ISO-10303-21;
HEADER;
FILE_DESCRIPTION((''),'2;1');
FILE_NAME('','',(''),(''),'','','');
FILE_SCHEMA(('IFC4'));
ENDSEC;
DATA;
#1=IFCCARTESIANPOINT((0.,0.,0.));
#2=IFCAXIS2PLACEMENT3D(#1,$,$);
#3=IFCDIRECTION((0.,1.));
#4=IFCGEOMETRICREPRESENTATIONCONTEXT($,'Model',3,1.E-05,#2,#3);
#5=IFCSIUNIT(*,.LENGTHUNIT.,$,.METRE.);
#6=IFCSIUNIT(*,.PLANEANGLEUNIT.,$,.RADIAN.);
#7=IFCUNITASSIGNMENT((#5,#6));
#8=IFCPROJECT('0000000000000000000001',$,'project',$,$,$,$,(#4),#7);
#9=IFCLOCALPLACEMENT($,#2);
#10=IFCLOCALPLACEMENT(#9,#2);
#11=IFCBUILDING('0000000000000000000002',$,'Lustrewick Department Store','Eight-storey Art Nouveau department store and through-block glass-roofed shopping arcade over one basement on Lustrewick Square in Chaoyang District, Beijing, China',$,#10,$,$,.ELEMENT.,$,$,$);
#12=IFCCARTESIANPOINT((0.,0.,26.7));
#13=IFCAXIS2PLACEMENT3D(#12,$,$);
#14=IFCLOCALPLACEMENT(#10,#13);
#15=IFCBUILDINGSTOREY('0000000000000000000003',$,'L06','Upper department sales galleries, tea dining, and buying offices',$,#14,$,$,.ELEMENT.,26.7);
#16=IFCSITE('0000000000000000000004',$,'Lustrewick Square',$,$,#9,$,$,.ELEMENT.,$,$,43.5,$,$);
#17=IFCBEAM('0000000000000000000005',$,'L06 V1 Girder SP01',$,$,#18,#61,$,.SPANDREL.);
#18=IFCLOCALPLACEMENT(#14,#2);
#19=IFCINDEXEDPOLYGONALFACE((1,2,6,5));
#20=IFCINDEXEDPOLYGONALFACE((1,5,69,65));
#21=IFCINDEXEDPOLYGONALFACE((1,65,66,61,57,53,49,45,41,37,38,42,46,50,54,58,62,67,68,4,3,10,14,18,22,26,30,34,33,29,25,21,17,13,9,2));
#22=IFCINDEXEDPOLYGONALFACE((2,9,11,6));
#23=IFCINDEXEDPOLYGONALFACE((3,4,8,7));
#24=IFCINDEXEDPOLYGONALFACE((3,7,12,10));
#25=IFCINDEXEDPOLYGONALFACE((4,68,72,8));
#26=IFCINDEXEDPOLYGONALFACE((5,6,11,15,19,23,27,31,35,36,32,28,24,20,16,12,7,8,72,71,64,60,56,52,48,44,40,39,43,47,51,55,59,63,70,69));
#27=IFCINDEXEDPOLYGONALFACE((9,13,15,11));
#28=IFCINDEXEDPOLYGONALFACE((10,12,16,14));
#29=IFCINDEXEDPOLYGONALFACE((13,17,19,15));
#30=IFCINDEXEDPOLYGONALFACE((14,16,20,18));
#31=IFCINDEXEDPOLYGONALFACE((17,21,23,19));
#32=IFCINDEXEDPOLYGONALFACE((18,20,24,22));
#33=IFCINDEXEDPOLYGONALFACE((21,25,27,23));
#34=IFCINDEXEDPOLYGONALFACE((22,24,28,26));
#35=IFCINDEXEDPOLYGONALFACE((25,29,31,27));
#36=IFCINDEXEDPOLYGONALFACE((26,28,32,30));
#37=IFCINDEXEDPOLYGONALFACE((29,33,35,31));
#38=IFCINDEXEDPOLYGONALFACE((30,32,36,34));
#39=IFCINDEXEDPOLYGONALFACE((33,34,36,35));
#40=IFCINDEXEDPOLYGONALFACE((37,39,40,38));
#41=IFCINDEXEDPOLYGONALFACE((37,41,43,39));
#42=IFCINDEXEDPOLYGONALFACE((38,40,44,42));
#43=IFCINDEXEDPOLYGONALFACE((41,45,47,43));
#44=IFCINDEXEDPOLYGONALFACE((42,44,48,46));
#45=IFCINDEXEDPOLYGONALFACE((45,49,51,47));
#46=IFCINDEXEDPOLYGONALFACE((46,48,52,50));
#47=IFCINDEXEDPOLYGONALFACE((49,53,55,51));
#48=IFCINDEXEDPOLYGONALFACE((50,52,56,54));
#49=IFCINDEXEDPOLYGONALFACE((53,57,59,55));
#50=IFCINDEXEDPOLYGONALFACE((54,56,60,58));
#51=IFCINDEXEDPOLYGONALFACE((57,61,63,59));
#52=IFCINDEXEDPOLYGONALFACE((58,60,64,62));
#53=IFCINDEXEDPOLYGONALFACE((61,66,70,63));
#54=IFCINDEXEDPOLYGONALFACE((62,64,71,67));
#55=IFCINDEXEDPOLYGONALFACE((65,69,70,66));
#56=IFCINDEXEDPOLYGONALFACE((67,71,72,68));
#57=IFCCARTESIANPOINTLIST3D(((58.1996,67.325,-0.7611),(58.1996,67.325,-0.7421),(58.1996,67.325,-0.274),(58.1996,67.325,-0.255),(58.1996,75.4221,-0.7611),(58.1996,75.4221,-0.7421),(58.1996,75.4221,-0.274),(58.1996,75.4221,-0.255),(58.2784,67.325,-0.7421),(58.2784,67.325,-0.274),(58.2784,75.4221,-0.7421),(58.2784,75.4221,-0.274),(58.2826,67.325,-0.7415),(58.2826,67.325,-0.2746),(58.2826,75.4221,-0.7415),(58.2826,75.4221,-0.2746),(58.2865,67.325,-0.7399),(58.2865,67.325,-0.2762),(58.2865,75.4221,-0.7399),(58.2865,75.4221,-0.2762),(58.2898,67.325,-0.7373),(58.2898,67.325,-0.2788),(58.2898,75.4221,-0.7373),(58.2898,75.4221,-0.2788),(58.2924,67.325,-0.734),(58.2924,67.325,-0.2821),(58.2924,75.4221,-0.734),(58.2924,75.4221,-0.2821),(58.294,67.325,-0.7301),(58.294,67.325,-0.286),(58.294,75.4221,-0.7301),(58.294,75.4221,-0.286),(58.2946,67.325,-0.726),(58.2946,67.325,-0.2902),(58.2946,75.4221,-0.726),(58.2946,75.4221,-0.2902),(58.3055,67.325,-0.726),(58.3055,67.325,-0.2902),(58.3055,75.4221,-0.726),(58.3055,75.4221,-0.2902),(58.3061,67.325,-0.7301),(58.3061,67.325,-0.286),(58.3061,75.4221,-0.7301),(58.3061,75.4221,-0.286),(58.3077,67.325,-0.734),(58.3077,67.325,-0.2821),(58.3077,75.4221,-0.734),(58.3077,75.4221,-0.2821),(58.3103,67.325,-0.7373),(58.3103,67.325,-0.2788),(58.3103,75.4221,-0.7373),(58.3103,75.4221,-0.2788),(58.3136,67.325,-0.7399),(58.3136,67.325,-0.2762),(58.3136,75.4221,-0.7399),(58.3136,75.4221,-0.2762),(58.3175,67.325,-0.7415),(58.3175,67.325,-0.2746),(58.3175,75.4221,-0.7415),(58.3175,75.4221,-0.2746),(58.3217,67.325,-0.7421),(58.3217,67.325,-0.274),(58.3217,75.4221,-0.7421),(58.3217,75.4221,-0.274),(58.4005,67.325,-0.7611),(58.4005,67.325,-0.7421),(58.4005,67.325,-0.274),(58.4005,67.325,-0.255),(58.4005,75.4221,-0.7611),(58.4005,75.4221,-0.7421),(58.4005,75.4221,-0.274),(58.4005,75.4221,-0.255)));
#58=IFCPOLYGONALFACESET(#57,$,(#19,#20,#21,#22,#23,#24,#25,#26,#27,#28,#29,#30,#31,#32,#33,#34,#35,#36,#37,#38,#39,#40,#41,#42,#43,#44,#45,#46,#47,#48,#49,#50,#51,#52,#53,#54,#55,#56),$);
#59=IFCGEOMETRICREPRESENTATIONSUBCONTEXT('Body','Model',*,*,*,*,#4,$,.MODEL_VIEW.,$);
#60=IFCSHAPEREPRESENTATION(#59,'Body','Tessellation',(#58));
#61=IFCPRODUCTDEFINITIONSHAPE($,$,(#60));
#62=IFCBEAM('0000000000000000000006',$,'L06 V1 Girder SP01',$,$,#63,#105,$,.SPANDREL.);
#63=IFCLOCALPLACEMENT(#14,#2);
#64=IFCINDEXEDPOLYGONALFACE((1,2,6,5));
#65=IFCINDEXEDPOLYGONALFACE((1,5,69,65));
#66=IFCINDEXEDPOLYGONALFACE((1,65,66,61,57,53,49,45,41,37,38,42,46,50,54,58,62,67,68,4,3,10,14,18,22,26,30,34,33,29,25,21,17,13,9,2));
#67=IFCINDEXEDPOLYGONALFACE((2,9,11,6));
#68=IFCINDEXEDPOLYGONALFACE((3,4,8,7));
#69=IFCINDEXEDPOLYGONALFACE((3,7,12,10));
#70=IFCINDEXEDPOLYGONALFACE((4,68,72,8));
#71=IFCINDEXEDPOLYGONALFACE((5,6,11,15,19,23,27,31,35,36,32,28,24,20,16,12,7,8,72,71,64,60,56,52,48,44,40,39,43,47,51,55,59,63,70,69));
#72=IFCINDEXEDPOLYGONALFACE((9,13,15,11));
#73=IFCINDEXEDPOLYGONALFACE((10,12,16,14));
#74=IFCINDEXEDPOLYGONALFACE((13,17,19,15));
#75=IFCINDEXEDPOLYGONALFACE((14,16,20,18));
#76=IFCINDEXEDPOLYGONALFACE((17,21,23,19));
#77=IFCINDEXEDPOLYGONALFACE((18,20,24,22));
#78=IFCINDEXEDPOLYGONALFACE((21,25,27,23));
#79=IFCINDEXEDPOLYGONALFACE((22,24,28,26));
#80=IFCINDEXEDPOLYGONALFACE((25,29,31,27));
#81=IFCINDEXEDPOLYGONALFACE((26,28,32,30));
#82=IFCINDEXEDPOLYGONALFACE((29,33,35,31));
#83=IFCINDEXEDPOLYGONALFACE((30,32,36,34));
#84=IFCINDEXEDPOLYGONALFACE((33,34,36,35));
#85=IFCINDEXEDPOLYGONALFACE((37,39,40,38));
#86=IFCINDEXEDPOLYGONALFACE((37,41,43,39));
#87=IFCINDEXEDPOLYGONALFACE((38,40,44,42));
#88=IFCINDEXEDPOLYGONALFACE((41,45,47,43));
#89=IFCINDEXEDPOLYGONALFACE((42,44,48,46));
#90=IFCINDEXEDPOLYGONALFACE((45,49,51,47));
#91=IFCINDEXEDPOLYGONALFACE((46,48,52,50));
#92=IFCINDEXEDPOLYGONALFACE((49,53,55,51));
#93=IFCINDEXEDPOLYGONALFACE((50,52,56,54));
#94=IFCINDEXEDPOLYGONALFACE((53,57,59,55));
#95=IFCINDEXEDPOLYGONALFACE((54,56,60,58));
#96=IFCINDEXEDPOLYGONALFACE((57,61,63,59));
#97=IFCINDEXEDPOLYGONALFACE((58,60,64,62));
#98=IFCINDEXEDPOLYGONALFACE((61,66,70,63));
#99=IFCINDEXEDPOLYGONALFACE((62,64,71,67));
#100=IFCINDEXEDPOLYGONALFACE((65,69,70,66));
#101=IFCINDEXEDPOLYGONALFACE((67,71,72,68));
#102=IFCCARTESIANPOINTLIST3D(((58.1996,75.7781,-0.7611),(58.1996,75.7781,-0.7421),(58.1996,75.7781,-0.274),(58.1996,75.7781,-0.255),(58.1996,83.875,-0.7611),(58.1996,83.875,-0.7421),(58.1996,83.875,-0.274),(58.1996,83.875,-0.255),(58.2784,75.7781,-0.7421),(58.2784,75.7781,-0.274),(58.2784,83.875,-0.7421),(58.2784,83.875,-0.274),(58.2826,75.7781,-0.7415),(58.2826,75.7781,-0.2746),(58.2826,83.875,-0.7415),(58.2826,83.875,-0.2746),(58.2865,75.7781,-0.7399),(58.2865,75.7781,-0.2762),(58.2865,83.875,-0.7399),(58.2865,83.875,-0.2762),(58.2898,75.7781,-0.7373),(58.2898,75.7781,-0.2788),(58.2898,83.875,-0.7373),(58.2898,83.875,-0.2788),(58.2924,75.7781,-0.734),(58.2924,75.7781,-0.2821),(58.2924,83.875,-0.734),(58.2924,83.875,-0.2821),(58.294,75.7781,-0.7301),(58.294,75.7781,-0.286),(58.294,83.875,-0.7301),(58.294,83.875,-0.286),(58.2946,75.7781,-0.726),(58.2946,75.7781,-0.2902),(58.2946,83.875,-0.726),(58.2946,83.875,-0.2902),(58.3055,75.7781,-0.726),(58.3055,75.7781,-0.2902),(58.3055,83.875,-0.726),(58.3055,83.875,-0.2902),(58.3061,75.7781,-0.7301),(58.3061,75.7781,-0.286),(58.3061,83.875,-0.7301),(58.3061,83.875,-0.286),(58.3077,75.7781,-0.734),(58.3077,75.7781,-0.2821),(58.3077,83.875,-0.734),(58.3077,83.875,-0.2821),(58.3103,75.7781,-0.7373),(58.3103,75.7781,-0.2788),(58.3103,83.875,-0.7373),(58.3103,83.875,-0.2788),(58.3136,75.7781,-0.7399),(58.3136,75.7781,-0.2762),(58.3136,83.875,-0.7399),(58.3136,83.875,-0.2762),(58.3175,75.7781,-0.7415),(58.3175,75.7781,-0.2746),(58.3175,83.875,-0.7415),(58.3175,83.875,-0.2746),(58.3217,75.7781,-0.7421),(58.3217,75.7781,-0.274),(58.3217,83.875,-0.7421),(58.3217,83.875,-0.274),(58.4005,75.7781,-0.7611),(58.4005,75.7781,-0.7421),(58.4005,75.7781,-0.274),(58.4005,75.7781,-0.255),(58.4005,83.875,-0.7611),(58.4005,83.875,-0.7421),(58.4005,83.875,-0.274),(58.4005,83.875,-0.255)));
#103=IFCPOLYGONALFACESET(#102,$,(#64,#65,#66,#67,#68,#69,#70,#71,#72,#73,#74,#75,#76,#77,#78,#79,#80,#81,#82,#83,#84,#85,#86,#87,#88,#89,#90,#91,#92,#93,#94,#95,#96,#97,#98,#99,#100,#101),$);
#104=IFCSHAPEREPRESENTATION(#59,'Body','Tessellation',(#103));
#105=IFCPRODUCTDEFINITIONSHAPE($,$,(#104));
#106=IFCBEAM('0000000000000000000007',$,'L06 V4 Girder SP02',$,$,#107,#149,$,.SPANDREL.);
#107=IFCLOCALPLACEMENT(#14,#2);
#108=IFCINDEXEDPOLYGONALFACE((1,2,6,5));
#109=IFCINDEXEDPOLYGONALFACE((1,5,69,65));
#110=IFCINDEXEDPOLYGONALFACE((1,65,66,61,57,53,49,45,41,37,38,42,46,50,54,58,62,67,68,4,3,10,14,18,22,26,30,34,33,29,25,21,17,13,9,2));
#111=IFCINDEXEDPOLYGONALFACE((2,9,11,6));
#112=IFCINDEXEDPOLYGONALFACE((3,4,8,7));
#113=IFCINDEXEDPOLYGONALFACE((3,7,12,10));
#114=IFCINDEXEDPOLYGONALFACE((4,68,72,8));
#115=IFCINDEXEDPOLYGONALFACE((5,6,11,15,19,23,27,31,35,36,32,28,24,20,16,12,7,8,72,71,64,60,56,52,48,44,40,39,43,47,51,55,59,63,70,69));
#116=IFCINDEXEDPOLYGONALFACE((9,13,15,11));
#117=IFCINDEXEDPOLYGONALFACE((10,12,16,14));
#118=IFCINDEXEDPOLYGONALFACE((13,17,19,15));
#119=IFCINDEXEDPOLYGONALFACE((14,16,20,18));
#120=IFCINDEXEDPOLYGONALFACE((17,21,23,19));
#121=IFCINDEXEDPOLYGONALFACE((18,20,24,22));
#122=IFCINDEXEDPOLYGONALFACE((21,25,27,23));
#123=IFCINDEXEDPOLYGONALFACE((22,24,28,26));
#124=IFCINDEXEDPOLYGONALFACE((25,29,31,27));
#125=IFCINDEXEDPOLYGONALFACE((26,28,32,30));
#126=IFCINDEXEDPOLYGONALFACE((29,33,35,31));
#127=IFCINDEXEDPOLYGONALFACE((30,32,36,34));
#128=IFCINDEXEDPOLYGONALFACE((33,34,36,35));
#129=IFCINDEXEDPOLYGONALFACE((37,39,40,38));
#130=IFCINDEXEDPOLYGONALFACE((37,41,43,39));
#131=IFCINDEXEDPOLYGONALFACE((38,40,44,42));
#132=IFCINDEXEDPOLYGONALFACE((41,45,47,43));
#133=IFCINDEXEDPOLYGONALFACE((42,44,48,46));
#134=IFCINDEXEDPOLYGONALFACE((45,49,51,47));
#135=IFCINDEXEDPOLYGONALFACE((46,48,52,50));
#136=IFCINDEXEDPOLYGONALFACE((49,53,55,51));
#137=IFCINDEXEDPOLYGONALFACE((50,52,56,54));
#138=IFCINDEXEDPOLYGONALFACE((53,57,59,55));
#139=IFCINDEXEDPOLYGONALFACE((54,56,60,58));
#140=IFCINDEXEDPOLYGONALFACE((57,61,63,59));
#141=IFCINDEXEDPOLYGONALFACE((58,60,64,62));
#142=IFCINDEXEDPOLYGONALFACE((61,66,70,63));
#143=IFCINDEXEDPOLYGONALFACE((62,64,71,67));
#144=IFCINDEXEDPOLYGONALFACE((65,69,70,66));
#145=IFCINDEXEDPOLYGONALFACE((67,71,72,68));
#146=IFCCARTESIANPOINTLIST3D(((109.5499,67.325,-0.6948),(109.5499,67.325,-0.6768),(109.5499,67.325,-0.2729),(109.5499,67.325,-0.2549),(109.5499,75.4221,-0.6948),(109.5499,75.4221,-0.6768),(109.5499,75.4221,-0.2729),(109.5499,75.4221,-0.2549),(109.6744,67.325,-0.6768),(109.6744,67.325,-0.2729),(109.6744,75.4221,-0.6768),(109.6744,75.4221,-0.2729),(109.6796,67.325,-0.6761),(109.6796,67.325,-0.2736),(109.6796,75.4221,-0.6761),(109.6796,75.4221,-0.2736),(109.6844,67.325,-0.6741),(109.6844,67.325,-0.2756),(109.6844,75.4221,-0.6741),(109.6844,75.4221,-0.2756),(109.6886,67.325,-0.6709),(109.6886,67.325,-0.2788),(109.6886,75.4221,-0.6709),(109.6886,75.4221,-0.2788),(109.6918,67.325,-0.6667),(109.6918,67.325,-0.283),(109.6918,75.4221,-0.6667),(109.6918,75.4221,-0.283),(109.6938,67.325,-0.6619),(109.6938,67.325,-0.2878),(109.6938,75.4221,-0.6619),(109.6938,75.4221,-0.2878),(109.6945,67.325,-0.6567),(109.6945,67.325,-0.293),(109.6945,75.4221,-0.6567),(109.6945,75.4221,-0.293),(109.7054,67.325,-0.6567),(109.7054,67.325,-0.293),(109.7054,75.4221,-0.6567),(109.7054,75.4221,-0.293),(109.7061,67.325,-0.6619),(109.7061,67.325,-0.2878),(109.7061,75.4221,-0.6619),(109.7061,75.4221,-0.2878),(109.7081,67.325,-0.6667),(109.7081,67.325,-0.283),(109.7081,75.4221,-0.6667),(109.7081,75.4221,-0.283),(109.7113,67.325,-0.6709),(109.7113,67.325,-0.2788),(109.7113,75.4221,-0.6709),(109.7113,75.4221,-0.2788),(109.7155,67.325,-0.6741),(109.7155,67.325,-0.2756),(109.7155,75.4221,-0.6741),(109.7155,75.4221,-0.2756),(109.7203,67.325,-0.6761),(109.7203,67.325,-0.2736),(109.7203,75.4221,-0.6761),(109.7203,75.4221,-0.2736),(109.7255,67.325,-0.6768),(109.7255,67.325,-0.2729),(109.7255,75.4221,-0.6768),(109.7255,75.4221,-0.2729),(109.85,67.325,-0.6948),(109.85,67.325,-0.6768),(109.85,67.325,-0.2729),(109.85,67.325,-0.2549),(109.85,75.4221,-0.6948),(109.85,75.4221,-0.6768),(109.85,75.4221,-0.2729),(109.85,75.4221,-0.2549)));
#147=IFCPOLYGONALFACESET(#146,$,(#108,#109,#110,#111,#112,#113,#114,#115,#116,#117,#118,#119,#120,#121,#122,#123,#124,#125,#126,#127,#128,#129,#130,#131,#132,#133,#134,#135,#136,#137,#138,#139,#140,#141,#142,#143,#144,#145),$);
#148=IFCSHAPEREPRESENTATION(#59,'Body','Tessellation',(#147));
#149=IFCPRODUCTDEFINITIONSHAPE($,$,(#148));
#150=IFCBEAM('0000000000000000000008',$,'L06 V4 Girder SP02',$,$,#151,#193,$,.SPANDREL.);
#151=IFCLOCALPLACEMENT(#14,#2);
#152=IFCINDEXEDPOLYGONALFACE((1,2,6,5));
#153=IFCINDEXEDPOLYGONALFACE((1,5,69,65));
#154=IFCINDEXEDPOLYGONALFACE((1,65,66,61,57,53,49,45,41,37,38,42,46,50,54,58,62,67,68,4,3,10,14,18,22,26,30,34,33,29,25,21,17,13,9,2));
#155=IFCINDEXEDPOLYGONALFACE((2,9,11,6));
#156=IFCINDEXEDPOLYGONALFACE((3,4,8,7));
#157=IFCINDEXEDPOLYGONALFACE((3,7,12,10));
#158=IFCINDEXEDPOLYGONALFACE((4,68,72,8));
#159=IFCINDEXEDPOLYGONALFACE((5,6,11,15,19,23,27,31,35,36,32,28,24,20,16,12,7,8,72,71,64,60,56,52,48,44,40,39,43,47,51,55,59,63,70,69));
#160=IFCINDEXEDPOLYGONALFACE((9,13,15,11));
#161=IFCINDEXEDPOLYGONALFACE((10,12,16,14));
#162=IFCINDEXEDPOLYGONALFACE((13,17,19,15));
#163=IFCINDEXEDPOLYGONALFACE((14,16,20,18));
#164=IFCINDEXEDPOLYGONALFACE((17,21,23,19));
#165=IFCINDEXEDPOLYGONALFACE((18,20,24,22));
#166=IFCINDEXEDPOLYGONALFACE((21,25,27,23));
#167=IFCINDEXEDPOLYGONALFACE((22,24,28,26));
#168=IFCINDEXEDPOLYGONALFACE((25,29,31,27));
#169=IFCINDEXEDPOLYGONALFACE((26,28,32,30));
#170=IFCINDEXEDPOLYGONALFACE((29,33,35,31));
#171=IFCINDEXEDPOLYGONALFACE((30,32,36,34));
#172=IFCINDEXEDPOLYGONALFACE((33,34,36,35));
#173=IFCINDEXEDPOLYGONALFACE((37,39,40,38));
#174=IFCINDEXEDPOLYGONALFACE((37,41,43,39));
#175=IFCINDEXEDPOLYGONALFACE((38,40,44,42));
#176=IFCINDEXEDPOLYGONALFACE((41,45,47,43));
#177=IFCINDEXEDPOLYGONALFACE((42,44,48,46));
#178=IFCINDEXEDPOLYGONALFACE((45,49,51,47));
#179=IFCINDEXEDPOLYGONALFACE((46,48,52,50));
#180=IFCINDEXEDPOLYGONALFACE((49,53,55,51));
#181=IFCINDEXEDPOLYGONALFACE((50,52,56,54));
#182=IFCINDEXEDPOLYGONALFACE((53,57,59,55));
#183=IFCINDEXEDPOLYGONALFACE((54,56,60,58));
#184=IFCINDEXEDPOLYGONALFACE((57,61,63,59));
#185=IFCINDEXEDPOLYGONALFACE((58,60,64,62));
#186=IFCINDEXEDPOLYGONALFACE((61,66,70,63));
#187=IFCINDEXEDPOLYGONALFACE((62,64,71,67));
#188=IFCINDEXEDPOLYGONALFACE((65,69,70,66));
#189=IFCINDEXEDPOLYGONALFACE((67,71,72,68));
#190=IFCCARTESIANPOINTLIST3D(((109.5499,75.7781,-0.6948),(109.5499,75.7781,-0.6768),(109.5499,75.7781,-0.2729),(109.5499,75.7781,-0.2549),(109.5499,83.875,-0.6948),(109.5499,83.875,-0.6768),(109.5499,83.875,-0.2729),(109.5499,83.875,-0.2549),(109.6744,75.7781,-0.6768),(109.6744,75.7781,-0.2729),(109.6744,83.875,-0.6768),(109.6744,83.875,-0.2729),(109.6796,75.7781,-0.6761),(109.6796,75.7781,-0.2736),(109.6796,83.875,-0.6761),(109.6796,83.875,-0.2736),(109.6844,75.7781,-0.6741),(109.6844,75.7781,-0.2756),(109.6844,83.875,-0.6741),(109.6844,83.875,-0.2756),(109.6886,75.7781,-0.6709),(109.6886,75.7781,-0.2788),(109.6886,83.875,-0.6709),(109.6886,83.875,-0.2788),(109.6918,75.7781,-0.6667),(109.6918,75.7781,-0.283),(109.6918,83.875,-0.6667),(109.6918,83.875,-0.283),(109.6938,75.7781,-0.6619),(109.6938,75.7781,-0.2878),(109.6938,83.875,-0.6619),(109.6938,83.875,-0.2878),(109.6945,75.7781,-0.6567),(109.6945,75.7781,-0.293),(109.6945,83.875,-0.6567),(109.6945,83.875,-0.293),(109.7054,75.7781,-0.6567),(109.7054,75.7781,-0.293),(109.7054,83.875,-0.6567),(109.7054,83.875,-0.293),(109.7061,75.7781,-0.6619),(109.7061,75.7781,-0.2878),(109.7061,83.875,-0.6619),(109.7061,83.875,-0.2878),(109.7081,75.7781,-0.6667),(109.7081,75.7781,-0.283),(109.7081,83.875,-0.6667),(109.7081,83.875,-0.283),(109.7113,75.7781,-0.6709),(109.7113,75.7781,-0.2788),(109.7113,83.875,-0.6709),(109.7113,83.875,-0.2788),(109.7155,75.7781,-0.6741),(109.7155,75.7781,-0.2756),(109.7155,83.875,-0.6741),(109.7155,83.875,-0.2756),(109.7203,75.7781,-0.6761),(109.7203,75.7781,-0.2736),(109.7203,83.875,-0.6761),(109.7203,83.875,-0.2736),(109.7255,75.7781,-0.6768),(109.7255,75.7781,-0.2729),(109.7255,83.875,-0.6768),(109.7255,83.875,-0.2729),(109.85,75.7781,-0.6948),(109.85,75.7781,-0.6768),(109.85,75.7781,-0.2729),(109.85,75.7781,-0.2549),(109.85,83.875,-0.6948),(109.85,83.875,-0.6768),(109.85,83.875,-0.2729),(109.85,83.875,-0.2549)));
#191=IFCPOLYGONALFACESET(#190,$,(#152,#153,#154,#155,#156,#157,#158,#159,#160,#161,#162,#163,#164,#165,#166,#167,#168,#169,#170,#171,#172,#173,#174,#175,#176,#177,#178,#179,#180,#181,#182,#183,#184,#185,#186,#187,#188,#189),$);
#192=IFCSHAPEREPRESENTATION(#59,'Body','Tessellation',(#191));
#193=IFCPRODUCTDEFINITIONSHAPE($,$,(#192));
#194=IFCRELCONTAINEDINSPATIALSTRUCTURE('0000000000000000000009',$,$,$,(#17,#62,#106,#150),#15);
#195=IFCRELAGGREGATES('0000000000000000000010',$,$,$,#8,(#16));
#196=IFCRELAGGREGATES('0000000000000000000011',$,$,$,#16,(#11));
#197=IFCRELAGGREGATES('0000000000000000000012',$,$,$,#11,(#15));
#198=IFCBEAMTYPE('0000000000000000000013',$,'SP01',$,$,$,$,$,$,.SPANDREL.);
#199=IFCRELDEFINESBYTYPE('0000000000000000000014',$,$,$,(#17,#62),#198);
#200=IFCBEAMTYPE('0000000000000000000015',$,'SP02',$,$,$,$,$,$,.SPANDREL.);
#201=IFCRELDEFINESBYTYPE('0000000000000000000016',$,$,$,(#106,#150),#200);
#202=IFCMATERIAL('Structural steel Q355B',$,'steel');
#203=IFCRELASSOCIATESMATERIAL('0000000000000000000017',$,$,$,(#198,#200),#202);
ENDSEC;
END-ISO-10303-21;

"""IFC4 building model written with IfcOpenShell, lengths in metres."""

from ifc_helpers import new_model, si_unit, direction, frame, origin, origin_2d, place, context, subcontext, project, spatial, i_section, extrude, material, material_profile, profile_set, type_object, element, save


model = new_model("IFC4")

# Units and contexts
model_context = context("Model", 3, precision=1e-05, world=origin(), true_north=direction((0.0, 1.0)))
body_context = subcontext(model_context, "Body", "Model", "MODEL_VIEW")
ifc_project = project(units=[si_unit("LENGTHUNIT", "METRE"), si_unit("PLANEANGLEUNIT", "RADIAN")], contexts=[model_context])

# Site, building, storey
site_placement = place(None, origin())
site = spatial("IfcSite", under=ifc_project, at=site_placement, Name="Lustrewick Square", CompositionType="ELEMENT", RefElevation=43.5)
building_placement = place(site_placement, origin())
building = spatial("IfcBuilding", under=site, at=building_placement, Name="Lustrewick Department Store", Description="Eight-storey Art Nouveau department store and through-block glass-roofed shopping arcade over one basement on Lustrewick Square in Chaoyang District, Beijing, China", CompositionType="ELEMENT")
storey_placement = place(building_placement, frame((0.0, 0.0, 26.7)))
storey = spatial("IfcBuildingStorey", under=building, at=storey_placement, Name="L06", Description="Upper department sales galleries, tea dining, and buying offices", CompositionType="ELEMENT", Elevation=26.7)

# Shared definitions
ifc_material_1 = material(Name="Structural steel Q355B", Category="steel")

# Beams
ifc_material_profile_1 = material_profile(ifc_material_1, i_section(OverallWidth=0.2009, OverallDepth=0.5061, WebThickness=0.011, FlangeThickness=0.019, FilletRadius=0.0161, at=origin_2d()), Name="HN 506x201x11x19")
ifc_profile_set_1 = profile_set([ifc_material_profile_1], Name="Structural steel Q355B")
beam_type_1 = type_object("IfcBeamType", Name="SP01", PredefinedType="SPANDREL", material=ifc_profile_set_1)
beam_1_placement = place(storey_placement, frame((58.3, 67.325, -0.5081), z_axis=(0.0, 1.0, 0.0), x_axis=(-1.0, 0.0, 0.0)))
element("IfcBeam", 1, at=beam_1_placement, inside=storey, type_object=beam_type_1, Name="L06 V1 Girder SP01", PredefinedType="SPANDREL", context=body_context, shape_type="SweptSolid", body=[
    extrude(i_section(OverallWidth=0.2009, OverallDepth=0.5061, WebThickness=0.011, FlangeThickness=0.019, FilletRadius=0.0161, at=origin_2d()), origin(), (0.0, 0.0, 1.0), 8.0972),
])
beam_2_placement = place(storey_placement, frame((58.3, 75.7781, -0.5081), z_axis=(0.0, 1.0, 0.0), x_axis=(-1.0, 0.0, 0.0)))
element("IfcBeam", 2, at=beam_2_placement, inside=storey, type_object=beam_type_1, Name="L06 V1 Girder SP01", PredefinedType="SPANDREL", context=body_context, shape_type="SweptSolid", body=[
    extrude(i_section(OverallWidth=0.2009, OverallDepth=0.5061, WebThickness=0.011, FlangeThickness=0.019, FilletRadius=0.0161, at=origin_2d()), origin(), (0.0, 0.0, 1.0), 8.0969),
])
ifc_material_profile_2 = material_profile(ifc_material_1, i_section(OverallWidth=0.3, OverallDepth=0.4399, WebThickness=0.011, FlangeThickness=0.0181, FilletRadius=0.02, at=origin_2d()), Name="HM 440x300x11x18")
ifc_profile_set_2 = profile_set([ifc_material_profile_2], Name="Structural steel Q355B")
beam_type_2 = type_object("IfcBeamType", Name="SP02", PredefinedType="SPANDREL", material=ifc_profile_set_2)
beam_3_placement = place(storey_placement, frame((109.7, 67.325, -0.4749), z_axis=(0.0, 1.0, 0.0), x_axis=(-1.0, 0.0, 0.0)))
element("IfcBeam", 3, at=beam_3_placement, inside=storey, type_object=beam_type_2, Name="L06 V4 Girder SP02", PredefinedType="SPANDREL", context=body_context, shape_type="SweptSolid", body=[
    extrude(i_section(OverallWidth=0.3, OverallDepth=0.4399, WebThickness=0.011, FlangeThickness=0.0181, FilletRadius=0.02, at=origin_2d()), origin(), (0.0, 0.0, 1.0), 8.0972),
])
for number, where, z_axis, x_axis, name in (
    (4, (109.7, 75.7781, -0.4749), (0.0, 1.0, 0.0), (-1.0, 0.0, 0.0), "L06 V4 Girder SP02"),
):
    element("IfcBeam", number, at=place(storey_placement, frame(where, z_axis=z_axis, x_axis=x_axis)), inside=storey, type_object=beam_type_2, Name=name, PredefinedType="SPANDREL", context=body_context, shape_type="SweptSolid", body=[
        extrude(i_section(OverallWidth=0.3, OverallDepth=0.4399, WebThickness=0.011, FlangeThickness=0.0181, FilletRadius=0.02, at=origin_2d()), origin(), (0.0, 0.0, 1.0), 8.0969),
    ])

save(model, "model.ifc")
